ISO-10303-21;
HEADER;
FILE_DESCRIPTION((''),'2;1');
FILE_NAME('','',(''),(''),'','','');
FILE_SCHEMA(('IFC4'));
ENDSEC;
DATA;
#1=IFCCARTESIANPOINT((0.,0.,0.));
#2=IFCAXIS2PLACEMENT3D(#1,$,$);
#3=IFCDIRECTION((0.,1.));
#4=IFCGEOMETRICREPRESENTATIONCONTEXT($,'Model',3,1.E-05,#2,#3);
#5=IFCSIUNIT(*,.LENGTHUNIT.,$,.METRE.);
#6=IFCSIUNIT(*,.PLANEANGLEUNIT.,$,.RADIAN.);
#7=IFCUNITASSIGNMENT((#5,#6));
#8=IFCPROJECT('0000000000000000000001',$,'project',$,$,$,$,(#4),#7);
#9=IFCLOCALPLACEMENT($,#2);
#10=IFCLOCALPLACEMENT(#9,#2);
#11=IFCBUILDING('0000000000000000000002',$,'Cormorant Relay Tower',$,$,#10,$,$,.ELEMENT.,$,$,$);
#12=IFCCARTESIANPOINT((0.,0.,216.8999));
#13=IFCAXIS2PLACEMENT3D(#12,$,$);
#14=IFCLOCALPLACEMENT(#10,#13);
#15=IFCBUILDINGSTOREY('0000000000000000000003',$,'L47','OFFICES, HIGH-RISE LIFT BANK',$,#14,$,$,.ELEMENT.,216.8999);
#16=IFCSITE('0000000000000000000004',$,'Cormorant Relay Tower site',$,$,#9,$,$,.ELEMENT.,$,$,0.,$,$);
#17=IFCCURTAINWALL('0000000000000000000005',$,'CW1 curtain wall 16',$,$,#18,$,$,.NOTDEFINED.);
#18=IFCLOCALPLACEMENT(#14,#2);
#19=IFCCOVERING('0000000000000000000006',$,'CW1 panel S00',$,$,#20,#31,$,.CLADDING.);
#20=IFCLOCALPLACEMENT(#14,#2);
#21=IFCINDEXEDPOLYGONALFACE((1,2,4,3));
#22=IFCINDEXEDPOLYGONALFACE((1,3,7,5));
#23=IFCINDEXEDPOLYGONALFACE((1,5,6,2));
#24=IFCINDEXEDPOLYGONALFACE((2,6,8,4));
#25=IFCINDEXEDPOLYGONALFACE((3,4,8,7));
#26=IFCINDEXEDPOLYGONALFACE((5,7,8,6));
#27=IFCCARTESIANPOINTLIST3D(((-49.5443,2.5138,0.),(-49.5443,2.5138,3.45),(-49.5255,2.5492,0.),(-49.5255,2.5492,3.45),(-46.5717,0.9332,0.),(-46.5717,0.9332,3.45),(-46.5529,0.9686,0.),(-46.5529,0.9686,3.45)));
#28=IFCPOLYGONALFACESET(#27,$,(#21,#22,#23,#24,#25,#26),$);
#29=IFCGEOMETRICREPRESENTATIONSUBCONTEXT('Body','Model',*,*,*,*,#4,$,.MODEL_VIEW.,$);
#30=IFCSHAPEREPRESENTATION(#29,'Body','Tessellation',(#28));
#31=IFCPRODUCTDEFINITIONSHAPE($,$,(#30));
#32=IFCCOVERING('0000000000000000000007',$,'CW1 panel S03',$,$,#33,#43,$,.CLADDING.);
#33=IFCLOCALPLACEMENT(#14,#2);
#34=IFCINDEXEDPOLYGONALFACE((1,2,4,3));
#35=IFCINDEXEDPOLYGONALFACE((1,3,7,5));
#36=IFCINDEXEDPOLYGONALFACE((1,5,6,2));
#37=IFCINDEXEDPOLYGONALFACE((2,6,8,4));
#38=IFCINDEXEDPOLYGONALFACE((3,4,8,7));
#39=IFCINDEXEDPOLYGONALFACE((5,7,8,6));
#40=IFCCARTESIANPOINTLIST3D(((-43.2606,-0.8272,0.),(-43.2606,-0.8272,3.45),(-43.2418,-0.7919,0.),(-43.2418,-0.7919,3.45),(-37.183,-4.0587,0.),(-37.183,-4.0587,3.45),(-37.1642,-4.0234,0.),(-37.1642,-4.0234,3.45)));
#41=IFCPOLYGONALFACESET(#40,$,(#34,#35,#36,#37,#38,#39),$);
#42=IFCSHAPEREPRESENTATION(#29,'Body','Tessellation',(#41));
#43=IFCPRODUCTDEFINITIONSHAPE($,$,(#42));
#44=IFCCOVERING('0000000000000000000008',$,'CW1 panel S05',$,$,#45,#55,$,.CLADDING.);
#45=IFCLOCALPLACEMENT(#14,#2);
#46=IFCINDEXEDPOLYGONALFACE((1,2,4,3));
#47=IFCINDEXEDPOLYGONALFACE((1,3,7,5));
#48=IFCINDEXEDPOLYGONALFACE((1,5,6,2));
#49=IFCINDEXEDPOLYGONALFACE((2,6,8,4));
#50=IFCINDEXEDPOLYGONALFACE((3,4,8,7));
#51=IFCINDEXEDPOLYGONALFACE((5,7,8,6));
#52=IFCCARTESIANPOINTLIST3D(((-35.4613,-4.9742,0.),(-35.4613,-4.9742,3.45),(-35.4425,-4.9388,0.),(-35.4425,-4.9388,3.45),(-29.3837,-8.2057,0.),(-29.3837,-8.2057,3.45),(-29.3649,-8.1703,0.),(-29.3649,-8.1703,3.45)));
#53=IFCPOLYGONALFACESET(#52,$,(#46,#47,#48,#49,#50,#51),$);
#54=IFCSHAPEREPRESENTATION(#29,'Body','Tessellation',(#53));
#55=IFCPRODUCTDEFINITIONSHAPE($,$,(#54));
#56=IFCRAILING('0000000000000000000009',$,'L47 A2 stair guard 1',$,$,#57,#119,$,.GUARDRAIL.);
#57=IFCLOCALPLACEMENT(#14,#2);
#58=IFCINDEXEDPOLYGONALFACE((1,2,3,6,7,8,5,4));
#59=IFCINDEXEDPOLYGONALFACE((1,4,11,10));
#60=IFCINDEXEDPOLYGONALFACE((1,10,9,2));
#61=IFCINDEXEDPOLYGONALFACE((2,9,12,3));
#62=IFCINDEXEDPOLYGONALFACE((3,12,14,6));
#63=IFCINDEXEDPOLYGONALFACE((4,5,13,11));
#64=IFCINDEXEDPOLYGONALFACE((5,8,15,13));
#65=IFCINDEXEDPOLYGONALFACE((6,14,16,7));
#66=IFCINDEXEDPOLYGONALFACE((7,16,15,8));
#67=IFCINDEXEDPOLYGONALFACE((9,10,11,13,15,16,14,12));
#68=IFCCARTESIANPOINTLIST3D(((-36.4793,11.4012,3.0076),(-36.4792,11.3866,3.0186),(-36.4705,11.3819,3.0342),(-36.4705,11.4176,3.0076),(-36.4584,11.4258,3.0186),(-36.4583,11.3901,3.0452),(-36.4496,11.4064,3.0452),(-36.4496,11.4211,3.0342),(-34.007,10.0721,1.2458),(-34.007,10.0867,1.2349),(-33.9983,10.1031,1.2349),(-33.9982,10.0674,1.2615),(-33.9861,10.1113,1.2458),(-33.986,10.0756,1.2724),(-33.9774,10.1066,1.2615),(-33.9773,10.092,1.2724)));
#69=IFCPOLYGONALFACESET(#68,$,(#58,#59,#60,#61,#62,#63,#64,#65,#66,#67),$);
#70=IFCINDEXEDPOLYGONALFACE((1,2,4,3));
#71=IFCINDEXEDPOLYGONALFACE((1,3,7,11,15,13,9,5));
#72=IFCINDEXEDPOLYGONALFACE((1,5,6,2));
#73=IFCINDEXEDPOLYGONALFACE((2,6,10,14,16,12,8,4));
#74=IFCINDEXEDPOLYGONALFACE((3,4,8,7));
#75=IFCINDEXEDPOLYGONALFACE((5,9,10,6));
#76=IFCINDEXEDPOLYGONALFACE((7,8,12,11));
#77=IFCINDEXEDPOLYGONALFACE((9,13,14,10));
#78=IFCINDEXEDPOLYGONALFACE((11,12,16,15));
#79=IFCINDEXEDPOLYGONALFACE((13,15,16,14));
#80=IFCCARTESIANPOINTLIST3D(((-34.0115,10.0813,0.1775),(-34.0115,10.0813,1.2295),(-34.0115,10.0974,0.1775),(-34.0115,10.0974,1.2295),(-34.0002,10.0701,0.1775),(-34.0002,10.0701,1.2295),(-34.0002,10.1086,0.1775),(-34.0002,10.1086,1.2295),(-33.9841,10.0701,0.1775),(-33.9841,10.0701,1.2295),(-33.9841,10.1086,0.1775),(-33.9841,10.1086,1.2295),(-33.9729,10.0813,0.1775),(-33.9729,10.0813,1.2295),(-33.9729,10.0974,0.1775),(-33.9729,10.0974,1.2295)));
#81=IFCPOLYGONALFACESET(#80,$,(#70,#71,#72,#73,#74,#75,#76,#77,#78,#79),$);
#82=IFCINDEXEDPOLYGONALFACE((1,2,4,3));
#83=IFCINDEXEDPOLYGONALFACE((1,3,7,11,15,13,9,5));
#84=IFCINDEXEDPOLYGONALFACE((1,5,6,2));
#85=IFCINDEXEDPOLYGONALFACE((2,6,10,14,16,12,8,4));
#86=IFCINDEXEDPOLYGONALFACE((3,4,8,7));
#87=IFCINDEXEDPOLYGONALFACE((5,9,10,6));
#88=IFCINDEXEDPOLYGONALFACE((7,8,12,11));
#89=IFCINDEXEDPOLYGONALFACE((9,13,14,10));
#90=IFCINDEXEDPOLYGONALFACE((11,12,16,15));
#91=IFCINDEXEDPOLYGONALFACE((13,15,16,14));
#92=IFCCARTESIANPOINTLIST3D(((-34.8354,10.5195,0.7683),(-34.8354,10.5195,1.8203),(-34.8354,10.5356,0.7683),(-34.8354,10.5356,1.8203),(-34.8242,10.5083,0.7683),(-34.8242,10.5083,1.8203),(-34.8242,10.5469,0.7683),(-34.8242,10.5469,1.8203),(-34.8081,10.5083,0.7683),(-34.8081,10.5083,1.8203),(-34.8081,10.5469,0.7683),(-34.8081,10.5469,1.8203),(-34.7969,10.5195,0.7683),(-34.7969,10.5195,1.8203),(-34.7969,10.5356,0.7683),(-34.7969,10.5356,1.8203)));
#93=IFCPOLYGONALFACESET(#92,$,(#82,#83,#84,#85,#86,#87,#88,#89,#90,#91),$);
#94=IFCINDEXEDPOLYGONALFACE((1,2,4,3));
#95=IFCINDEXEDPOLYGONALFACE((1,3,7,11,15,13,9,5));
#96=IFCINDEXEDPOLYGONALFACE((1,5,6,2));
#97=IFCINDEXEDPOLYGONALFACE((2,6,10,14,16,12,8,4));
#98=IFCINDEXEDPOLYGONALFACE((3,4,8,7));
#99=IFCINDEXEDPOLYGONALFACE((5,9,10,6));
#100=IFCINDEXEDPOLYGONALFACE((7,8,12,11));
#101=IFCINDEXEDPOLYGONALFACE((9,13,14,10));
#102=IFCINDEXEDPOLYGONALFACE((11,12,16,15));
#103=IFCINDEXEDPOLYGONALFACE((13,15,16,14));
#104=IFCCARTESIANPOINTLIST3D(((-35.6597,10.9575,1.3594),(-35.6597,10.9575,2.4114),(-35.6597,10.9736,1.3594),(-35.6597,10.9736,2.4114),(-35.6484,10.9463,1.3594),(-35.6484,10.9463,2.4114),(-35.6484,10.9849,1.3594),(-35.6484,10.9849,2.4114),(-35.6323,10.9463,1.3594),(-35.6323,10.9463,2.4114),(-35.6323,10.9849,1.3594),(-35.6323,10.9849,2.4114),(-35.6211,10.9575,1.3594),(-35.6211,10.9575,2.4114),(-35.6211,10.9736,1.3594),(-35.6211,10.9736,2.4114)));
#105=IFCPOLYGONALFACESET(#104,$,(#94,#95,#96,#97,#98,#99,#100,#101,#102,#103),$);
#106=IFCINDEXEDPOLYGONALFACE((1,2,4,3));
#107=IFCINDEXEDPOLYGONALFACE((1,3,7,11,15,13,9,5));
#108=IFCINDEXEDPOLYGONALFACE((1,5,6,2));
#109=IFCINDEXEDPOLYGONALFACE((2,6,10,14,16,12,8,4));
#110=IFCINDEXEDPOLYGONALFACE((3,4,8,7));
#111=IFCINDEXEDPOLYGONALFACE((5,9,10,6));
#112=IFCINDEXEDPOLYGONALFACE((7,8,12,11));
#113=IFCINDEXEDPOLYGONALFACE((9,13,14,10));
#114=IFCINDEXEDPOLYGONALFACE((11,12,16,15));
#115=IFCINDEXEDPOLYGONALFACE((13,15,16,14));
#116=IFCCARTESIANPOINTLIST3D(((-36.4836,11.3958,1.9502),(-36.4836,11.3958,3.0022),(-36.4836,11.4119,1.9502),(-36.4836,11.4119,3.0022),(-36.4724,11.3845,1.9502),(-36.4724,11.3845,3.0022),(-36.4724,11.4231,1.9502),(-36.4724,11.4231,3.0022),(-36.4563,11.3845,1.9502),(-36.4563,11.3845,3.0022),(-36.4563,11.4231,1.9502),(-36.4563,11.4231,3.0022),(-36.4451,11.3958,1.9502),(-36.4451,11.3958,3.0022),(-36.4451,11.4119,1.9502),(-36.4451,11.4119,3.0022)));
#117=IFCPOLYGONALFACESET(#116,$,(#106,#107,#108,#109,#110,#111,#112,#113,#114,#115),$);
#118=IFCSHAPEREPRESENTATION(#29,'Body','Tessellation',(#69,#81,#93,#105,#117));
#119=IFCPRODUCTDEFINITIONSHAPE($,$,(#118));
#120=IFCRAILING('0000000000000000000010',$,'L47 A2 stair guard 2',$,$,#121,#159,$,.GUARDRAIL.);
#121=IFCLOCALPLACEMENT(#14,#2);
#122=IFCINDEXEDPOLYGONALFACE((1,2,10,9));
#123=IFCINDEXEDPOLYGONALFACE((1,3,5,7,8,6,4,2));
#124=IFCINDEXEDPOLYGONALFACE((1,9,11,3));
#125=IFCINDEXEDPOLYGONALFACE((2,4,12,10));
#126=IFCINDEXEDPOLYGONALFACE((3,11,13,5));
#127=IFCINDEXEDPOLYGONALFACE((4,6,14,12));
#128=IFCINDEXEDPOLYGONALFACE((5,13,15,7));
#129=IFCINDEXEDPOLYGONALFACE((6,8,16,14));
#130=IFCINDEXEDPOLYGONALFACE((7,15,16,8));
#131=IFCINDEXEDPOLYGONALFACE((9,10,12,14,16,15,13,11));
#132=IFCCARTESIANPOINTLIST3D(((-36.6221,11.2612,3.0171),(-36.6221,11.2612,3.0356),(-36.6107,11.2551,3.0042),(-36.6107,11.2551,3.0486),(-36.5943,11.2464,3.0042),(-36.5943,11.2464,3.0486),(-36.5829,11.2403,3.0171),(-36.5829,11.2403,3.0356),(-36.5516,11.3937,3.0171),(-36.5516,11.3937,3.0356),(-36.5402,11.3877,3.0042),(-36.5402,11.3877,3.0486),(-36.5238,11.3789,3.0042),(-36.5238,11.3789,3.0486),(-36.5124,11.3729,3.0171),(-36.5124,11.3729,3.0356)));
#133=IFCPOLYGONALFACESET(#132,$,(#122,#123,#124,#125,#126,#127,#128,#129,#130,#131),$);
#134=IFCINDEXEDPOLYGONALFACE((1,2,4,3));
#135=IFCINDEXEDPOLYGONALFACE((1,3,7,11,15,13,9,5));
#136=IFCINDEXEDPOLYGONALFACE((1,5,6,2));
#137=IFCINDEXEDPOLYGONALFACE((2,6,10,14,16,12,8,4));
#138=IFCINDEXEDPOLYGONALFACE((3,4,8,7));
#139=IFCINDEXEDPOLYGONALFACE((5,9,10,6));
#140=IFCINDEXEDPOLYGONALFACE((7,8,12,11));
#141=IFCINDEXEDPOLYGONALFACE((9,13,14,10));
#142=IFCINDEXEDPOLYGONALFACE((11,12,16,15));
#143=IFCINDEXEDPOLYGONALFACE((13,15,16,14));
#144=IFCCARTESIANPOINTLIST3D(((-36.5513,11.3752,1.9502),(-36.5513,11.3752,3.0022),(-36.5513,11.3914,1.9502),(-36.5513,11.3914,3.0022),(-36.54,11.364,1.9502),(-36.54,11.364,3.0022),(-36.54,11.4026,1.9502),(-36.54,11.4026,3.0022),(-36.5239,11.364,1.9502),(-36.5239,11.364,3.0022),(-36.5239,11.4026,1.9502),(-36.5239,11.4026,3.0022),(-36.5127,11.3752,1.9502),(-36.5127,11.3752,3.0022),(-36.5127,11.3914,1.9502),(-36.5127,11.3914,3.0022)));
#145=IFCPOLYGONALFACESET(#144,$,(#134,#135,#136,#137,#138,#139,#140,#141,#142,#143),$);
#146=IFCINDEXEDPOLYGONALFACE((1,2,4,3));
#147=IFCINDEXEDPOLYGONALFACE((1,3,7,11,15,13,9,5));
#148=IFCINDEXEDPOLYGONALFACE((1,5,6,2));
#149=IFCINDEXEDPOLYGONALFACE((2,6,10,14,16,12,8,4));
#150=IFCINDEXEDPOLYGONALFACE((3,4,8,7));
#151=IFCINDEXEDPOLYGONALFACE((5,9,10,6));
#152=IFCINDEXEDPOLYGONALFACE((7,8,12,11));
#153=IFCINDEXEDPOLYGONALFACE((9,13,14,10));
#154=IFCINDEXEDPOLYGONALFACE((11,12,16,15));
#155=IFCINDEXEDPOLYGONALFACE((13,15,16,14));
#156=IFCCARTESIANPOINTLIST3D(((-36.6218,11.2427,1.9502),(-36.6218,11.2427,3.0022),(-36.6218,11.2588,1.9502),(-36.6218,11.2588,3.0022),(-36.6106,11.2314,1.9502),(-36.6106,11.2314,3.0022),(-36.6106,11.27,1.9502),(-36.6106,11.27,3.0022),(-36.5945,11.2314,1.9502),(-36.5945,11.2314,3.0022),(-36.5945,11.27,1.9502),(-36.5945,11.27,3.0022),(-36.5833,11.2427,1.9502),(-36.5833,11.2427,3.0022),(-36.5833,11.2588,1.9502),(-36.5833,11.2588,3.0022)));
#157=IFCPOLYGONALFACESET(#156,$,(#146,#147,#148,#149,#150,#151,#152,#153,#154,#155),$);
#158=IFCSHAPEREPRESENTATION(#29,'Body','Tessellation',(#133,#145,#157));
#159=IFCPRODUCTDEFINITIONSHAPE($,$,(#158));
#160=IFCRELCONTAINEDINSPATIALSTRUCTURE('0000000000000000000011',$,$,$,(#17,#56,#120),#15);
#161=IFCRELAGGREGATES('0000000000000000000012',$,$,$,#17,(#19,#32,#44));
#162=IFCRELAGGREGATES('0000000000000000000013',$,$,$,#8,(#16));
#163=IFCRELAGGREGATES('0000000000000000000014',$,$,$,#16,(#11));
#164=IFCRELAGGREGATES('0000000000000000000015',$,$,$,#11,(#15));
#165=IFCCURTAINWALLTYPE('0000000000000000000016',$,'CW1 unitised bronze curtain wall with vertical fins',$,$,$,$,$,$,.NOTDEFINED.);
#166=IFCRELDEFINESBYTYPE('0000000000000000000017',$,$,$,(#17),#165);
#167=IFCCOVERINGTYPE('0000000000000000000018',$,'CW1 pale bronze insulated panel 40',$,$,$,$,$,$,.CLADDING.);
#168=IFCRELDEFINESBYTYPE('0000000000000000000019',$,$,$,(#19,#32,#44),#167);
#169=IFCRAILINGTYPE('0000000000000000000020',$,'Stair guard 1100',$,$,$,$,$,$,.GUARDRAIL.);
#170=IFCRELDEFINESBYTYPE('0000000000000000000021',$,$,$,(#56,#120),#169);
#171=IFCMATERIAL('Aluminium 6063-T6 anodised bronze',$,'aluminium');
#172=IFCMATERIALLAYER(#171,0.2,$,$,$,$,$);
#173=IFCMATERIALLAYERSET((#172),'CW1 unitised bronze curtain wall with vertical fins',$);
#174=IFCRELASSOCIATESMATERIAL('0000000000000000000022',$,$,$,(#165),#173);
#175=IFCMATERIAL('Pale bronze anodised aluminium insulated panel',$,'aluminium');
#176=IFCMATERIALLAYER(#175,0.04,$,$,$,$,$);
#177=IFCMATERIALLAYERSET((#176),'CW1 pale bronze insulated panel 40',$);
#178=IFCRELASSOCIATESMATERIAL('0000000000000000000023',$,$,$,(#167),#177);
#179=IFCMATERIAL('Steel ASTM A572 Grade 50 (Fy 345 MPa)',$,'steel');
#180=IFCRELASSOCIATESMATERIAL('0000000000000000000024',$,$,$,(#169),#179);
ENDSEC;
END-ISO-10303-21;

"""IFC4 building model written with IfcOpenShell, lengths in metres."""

from ifc_helpers import new_model, si_unit, direction, frame, origin, origin_2d, place, context, subcontext, project, spatial, polyline, rectangle, outline, extrude, material, layer, layer_set, type_object, element, aggregate, save


model = new_model("IFC4")

# Units and contexts
model_context = context("Model", 3, precision=1e-05, world=origin(), true_north=direction((0.0, 1.0)))
body_context = subcontext(model_context, "Body", "Model", "MODEL_VIEW")
ifc_project = project(units=[si_unit("LENGTHUNIT", "METRE"), si_unit("PLANEANGLEUNIT", "RADIAN")], contexts=[model_context])

# Site, building, storey
site_placement = place(None, origin())
site = spatial("IfcSite", under=ifc_project, at=site_placement, Name="Cormorant Relay Tower site", CompositionType="ELEMENT", RefElevation=0.0)
building_placement = place(site_placement, origin())
building = spatial("IfcBuilding", under=site, at=building_placement, Name="Cormorant Relay Tower", CompositionType="ELEMENT")
storey_placement = place(building_placement, frame((0.0, 0.0, 216.8999)))
storey = spatial("IfcBuildingStorey", under=building, at=storey_placement, Name="L47", Description="OFFICES, HIGH-RISE LIFT BANK", CompositionType="ELEMENT", Elevation=216.8999)

# Curtain wall
ifc_material_1 = material(Name="Aluminium 6063-T6 anodised bronze", Category="aluminium")
ifc_layer_1 = layer(ifc_material_1, 0.2)
ifc_layer_set_1 = layer_set([ifc_layer_1], Name="CW1 unitised bronze curtain wall with vertical fins")
curtain_wall_type = type_object("IfcCurtainWallType", Name="CW1 unitised bronze curtain wall with vertical fins", PredefinedType="NOTDEFINED", material=ifc_layer_set_1)
curtain_wall_placement = place(storey_placement, origin())
curtain_wall = element("IfcCurtainWall", 1, at=curtain_wall_placement, inside=storey, type_object=curtain_wall_type, Name="CW1 curtain wall 16", PredefinedType="NOTDEFINED")

# Coverings
ifc_material_2 = material(Name="Pale bronze anodised aluminium insulated panel", Category="aluminium")
ifc_layer_2 = layer(ifc_material_2, 0.04)
ifc_layer_set_2 = layer_set([ifc_layer_2], Name="CW1 pale bronze insulated panel 40")
covering_type = type_object("IfcCoveringType", Name="CW1 pale bronze insulated panel 40", PredefinedType="CLADDING", material=ifc_layer_set_2)
covering_1_placement = place(storey_placement, frame((-48.0486, 1.7412, 0.0), z_axis=(0.0, 0.0, 1.0), x_axis=(0.882948, -0.469472, 0.0)))
covering_1 = element("IfcCovering", 2, at=covering_1_placement, type_object=covering_type, Name="CW1 panel S00", PredefinedType="CLADDING", context=body_context, shape_type="SweptSolid", body=[
    extrude(rectangle(XDim=3.3667, YDim=0.04, at=origin_2d()), origin(), (0.0, 0.0, 1.0), 3.45),
])
covering_2_placement = place(storey_placement, frame((-40.2124, -2.4253, 0.0), z_axis=(0.0, 0.0, 1.0), x_axis=(0.882948, -0.469472, 0.0)))
covering_2 = element("IfcCovering", 3, at=covering_2_placement, type_object=covering_type, Name="CW1 panel S03", PredefinedType="CLADDING", context=body_context, shape_type="SweptSolid", body=[
    extrude(rectangle(XDim=6.8833, YDim=0.04, at=origin_2d()), origin(), (0.0, 0.0, 1.0), 3.45),
])
covering_3_placement = place(storey_placement, frame((-32.4131, -6.5723, 0.0), z_axis=(0.0, 0.0, 1.0), x_axis=(0.882948, -0.469472, 0.0)))
covering_3 = element("IfcCovering", 4, at=covering_3_placement, type_object=covering_type, Name="CW1 panel S05", PredefinedType="CLADDING", context=body_context, shape_type="SweptSolid", body=[
    extrude(rectangle(XDim=6.8833, YDim=0.04, at=origin_2d()), origin(), (0.0, 0.0, 1.0), 3.45),
])
aggregate(curtain_wall, [covering_1, covering_2, covering_3])

# Railings
ifc_material_3 = material(Name="Steel ASTM A572 Grade 50 (Fy 345 MPa)", Category="steel")
railing_type_1 = type_object("IfcRailingType", Name="Stair guard 1100", PredefinedType="GUARDRAIL", material=ifc_material_3)
railing_1_placement = place(storey_placement, frame((-33.9922, 10.0894, 0.1775)))
element("IfcRailing", 5, at=railing_1_placement, inside=storey, type_object=railing_type_1, Name="L47 A2 stair guard 1", PredefinedType="GUARDRAIL", context=body_context, shape_type="SweptSolid", body=[
    extrude(outline(polyline([(0.0222, 0.0093), (0.0093, 0.0222), (-0.0093, 0.0222), (-0.0222, 0.0093), (-0.0222, -0.0093), (-0.0093, -0.0222), (0.0093, -0.0222), (0.0222, -0.0093), (0.0222, 0.0093)])), frame((0.0, 0.0, 1.0762), z_axis=(-0.746001, 0.396649, 0.534931), x_axis=(-0.469465, -0.882951, 0.0)), (0.0, 0.0, 1.0), 3.314),
    extrude(outline(polyline([(0.0193, 0.0081), (0.0081, 0.0193), (-0.0081, 0.0193), (-0.0193, 0.0081), (-0.0193, -0.0081), (-0.0081, -0.0193), (0.0081, -0.0193), (0.0193, -0.0081), (0.0193, 0.0081)])), origin(), (0.0, 0.0, 1.0), 1.052),
    extrude(outline(polyline([(0.0193, 0.0081), (0.0081, 0.0193), (-0.0081, 0.0193), (-0.0193, 0.0081), (-0.0193, -0.0081), (-0.0081, -0.0193), (0.0081, -0.0193), (0.0193, -0.0081), (0.0193, 0.0081)])), frame((-0.824, 0.4382, 0.5908)), (0.0, 0.0, 1.0), 1.052),
    extrude(outline(polyline([(0.0193, 0.0081), (0.0081, 0.0193), (-0.0081, 0.0193), (-0.0193, 0.0081), (-0.0193, -0.0081), (-0.0081, -0.0193), (0.0081, -0.0193), (0.0193, -0.0081), (0.0193, 0.0081)])), frame((-1.6482, 0.8762, 1.1819)), (0.0, 0.0, 1.0), 1.052),
    extrude(outline(polyline([(0.0193, 0.0081), (0.0081, 0.0193), (-0.0081, 0.0193), (-0.0193, 0.0081), (-0.0193, -0.0081), (-0.0081, -0.0193), (0.0081, -0.0193), (0.0193, -0.0081), (0.0193, 0.0081)])), frame((-2.4722, 1.3145, 1.7727)), (0.0, 0.0, 1.0), 1.052),
])
railing_2_placement = place(storey_placement, frame((-36.532, 11.3833, 1.9502)))
element("IfcRailing", 6, at=railing_2_placement, inside=storey, type_object=railing_type_1, Name="L47 A2 stair guard 2", PredefinedType="GUARDRAIL", context=body_context, shape_type="SweptSolid", body=[
    extrude(outline(polyline([(0.0222, 0.0093), (0.0093, 0.0222), (-0.0093, 0.0222), (-0.0222, 0.0093), (-0.0222, -0.0093), (-0.0093, -0.0222), (0.0093, -0.0222), (0.0222, -0.0093), (0.0222, 0.0093)])), frame((0.0, 0.0, 1.0762), z_axis=(-0.469829, -0.882758, 0.0), x_axis=(0.882758, -0.469829, 0.0)), (0.0, 0.0, 1.0), 0.1501),
    extrude(outline(polyline([(0.0193, 0.0081), (0.0081, 0.0193), (-0.0081, 0.0193), (-0.0193, 0.0081), (-0.0193, -0.0081), (-0.0081, -0.0193), (0.0081, -0.0193), (0.0193, -0.0081), (0.0193, 0.0081)])), origin(), (0.0, 0.0, 1.0), 1.052),
    extrude(outline(polyline([(0.0193, 0.0081), (0.0081, 0.0193), (-0.0081, 0.0193), (-0.0193, 0.0081), (-0.0193, -0.0081), (-0.0081, -0.0193), (0.0081, -0.0193), (0.0193, -0.0081), (0.0193, 0.0081)])), frame((-0.0706, -0.1326, 0.0)), (0.0, 0.0, 1.0), 1.052),
])

save(model, "model.ifc")
